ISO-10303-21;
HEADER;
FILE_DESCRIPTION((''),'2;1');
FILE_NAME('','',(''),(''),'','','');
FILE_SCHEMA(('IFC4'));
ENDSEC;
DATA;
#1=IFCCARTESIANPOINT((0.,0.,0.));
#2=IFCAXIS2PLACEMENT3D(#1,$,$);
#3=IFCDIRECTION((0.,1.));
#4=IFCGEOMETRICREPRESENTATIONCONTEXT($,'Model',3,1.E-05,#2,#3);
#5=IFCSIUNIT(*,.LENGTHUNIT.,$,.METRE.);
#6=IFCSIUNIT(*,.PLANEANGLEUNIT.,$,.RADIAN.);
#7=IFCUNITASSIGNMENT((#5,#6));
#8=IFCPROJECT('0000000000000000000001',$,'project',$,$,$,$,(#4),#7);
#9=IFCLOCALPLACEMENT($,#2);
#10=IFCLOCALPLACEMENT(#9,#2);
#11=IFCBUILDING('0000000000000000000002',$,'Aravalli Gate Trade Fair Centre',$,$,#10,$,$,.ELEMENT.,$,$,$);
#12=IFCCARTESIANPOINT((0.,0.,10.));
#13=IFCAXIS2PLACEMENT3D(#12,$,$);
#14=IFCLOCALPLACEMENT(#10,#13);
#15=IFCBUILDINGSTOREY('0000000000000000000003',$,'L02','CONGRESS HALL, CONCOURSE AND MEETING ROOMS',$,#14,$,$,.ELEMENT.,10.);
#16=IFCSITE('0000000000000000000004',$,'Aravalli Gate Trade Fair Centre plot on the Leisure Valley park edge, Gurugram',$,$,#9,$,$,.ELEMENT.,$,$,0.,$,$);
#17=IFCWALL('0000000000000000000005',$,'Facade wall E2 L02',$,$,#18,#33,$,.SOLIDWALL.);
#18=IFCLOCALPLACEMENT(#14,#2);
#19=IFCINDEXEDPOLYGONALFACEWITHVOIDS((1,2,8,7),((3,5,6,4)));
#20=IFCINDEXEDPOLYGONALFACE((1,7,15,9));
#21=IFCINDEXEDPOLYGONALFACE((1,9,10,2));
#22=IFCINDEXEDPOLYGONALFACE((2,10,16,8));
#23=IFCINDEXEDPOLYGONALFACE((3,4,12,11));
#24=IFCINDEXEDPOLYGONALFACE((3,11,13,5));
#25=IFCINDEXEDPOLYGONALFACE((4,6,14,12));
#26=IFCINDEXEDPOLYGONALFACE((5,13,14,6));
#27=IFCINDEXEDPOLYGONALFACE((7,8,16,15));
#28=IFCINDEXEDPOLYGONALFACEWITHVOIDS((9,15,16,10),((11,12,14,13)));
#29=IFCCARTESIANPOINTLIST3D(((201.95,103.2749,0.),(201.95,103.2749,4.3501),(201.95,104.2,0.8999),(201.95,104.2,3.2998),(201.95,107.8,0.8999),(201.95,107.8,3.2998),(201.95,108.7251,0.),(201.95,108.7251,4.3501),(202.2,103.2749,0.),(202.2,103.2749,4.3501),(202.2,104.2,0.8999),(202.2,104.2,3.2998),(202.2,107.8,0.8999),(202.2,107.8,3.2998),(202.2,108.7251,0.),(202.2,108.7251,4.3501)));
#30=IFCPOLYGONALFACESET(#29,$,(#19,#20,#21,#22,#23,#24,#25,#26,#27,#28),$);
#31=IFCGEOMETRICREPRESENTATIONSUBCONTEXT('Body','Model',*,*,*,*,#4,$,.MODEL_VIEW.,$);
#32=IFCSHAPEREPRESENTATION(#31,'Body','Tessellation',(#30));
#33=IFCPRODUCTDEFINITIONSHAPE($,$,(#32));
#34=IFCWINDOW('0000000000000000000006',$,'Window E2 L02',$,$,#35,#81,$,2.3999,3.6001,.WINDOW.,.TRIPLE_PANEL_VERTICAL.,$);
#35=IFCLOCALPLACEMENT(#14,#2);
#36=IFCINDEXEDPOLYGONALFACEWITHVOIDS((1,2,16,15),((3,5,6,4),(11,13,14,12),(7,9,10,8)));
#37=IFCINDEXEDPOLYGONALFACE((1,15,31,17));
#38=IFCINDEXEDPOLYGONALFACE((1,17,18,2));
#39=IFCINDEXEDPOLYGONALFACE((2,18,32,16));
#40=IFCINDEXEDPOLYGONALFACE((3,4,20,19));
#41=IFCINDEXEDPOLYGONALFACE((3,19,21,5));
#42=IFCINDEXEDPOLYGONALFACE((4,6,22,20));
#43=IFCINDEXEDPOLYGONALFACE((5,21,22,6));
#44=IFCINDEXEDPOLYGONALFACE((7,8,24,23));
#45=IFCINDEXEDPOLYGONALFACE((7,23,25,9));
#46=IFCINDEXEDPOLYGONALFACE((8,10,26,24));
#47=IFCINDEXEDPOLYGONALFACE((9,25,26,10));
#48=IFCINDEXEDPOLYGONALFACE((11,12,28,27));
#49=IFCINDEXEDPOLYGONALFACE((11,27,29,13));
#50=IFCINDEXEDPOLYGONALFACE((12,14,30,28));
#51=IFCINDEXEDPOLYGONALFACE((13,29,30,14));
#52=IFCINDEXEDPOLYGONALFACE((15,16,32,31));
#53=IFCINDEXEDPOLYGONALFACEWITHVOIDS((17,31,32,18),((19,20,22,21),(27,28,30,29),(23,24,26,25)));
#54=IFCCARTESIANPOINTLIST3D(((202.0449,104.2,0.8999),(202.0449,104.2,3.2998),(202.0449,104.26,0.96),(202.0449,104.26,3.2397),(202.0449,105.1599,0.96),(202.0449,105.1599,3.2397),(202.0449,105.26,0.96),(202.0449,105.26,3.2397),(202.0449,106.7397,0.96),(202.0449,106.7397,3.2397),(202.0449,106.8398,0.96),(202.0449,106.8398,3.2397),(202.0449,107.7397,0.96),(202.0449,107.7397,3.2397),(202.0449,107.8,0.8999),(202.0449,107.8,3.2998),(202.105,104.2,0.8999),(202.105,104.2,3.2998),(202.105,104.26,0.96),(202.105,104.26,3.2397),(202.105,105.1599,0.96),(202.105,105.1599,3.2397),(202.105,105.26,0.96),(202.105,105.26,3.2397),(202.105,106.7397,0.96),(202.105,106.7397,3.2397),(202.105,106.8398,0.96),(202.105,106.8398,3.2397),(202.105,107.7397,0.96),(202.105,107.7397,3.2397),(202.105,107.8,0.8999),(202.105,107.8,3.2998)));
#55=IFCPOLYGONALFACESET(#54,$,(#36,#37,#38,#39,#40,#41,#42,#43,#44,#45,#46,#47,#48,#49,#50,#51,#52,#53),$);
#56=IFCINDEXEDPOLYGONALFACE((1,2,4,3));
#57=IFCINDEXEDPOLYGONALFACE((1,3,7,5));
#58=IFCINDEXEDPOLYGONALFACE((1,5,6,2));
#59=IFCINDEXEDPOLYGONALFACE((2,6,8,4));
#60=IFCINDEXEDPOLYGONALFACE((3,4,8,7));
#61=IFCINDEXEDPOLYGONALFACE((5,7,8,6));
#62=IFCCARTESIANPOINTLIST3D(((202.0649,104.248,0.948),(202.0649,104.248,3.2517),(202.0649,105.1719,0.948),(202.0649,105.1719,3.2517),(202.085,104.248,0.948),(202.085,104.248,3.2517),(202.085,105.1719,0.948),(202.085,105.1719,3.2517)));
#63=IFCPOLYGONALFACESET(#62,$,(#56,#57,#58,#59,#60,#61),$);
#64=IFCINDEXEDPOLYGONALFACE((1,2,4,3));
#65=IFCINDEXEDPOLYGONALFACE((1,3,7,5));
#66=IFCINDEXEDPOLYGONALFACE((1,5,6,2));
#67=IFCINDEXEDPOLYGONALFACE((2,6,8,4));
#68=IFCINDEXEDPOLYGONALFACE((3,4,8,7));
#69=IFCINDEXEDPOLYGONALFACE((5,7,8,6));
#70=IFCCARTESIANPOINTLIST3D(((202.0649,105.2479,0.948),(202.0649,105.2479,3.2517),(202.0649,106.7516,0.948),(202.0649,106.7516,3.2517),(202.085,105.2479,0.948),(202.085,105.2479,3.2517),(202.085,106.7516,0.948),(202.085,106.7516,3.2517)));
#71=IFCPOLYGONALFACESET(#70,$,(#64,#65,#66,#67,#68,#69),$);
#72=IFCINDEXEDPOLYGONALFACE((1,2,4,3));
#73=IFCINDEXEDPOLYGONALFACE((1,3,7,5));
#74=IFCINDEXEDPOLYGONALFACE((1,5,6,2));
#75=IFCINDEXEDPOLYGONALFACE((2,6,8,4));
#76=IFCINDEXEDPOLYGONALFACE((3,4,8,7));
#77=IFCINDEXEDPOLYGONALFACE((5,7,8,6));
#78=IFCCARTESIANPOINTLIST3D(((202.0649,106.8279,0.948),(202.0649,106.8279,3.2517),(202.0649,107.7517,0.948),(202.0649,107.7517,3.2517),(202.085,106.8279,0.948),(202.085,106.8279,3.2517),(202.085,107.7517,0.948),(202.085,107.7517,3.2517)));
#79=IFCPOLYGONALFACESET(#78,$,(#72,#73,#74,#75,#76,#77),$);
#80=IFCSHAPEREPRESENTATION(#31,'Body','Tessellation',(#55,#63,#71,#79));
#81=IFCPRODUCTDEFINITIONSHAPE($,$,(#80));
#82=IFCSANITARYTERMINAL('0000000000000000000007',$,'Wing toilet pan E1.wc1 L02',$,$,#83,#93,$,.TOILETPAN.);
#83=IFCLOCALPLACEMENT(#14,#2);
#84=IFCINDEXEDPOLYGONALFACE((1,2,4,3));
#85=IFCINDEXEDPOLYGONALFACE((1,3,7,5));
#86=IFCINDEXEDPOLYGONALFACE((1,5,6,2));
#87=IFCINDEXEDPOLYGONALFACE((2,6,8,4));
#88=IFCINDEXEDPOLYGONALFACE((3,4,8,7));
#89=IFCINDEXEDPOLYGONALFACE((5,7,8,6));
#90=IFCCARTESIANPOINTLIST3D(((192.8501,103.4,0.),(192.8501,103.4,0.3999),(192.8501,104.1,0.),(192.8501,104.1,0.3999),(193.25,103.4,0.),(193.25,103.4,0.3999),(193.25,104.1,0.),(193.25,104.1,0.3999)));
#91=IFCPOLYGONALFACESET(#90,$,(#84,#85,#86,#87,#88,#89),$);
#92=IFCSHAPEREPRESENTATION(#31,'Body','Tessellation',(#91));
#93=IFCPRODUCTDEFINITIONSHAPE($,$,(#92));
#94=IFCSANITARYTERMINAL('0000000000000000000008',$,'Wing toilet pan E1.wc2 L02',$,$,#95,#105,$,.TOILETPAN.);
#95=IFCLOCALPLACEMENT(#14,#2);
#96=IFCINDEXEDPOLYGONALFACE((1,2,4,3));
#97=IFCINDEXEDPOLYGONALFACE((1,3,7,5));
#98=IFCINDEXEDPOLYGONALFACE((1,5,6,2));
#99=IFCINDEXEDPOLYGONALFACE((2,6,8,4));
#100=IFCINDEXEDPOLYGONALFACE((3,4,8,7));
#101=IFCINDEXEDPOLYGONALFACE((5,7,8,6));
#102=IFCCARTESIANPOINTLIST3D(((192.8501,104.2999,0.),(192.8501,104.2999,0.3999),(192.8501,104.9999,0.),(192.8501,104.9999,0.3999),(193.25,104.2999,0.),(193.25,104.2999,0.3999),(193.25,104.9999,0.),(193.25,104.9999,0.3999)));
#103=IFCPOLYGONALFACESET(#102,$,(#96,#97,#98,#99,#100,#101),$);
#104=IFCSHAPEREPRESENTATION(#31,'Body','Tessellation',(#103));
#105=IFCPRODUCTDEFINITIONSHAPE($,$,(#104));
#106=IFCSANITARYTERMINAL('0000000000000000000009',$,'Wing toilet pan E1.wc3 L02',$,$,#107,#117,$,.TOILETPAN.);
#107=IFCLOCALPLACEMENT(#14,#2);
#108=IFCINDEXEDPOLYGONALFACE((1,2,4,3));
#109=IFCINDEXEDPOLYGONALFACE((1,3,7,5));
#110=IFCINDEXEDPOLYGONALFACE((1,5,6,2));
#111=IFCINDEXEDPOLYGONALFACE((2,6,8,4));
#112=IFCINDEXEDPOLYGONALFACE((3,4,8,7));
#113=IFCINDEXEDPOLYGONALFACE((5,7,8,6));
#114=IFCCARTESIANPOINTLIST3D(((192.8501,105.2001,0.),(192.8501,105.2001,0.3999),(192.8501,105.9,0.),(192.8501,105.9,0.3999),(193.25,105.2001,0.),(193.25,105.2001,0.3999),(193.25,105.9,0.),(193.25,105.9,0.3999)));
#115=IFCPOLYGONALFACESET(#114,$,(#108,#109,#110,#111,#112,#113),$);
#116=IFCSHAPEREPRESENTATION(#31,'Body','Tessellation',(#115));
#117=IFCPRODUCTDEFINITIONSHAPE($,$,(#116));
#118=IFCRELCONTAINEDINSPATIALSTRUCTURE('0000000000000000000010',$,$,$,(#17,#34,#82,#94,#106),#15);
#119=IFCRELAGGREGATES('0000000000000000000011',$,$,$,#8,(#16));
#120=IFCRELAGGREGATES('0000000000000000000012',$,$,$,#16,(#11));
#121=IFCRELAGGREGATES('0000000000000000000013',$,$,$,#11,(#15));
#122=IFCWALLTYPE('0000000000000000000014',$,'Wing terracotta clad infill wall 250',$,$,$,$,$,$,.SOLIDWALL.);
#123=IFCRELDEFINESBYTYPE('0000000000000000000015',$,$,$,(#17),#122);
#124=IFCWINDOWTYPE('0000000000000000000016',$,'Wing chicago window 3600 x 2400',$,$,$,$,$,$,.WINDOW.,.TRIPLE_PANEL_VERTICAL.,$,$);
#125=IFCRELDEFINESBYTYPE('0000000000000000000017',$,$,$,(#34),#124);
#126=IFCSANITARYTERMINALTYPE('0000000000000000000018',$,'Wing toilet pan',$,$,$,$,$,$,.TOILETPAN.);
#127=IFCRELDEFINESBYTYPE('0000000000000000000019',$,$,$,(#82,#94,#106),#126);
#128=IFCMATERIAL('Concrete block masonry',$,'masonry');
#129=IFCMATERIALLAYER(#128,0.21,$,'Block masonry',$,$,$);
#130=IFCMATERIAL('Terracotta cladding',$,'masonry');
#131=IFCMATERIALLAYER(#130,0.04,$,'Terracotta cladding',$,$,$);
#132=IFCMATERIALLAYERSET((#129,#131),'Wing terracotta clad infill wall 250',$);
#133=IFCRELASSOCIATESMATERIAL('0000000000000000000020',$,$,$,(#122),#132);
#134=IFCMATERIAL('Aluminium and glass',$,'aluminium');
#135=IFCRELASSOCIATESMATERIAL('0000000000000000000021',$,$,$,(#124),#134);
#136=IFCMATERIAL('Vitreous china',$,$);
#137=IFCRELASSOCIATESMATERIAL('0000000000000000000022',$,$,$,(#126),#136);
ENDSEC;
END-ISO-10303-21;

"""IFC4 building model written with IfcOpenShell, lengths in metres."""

from ifc_helpers import new_model, si_unit, direction, frame, frame_2d, origin, origin_2d, place, context, subcontext, project, spatial, polyline, rectangle, outline, extrude, material, layer, layer_set, type_object, element, fill, save


model = new_model("IFC4")

# Units and contexts
model_context = context("Model", 3, precision=1e-05, world=origin(), true_north=direction((0.0, 1.0)))
body_context = subcontext(model_context, "Body", "Model", "MODEL_VIEW")
ifc_project = project(units=[si_unit("LENGTHUNIT", "METRE"), si_unit("PLANEANGLEUNIT", "RADIAN")], contexts=[model_context])

# Site, building, storey
site_placement = place(None, origin())
site = spatial("IfcSite", under=ifc_project, at=site_placement, Name="Aravalli Gate Trade Fair Centre plot on the Leisure Valley park edge, Gurugram", CompositionType="ELEMENT", RefElevation=0.0)
building_placement = place(site_placement, origin())
building = spatial("IfcBuilding", under=site, at=building_placement, Name="Aravalli Gate Trade Fair Centre", CompositionType="ELEMENT")
storey_placement = place(building_placement, frame((0.0, 0.0, 10.0)))
storey = spatial("IfcBuildingStorey", under=building, at=storey_placement, Name="L02", Description="CONGRESS HALL, CONCOURSE AND MEETING ROOMS", CompositionType="ELEMENT", Elevation=10.0)

# Shared definitions
ifc_material_1 = material(Name="Aluminium and glass", Category="aluminium")

# Wall, opening, window
ifc_material_2 = material(Name="Concrete block masonry", Category="masonry")
ifc_layer_1 = layer(ifc_material_2, 0.21, Name="Block masonry")
ifc_material_3 = material(Name="Terracotta cladding", Category="masonry")
ifc_layer_2 = layer(ifc_material_3, 0.04, Name="Terracotta cladding")
ifc_layer_set_1 = layer_set([ifc_layer_1, ifc_layer_2], Name="Wing terracotta clad infill wall 250")
wall_type_1 = type_object("IfcWallType", Name="Wing terracotta clad infill wall 250", PredefinedType="SOLIDWALL", material=ifc_layer_set_1)
window_type_1 = type_object("IfcWindowType", Name="Wing chicago window 3600 x 2400", PartitioningType="TRIPLE_PANEL_VERTICAL", PredefinedType="WINDOW", material=ifc_material_1)
wall_1_placement = place(storey_placement, frame((202.075, 103.2749, 0.0), z_axis=(0.0, 0.0, 1.0), x_axis=(0.0, 1.0, 0.0)))
wall_1 = element("IfcWall", 1, at=wall_1_placement, inside=storey, type_object=wall_type_1, Name="Facade wall E2 L02", PredefinedType="SOLIDWALL", context=body_context, shape_type="SweptSolid", body=[
    extrude(rectangle(XDim=5.4502, YDim=0.25, at=frame_2d((2.7251, 0.0))), origin(), (0.0, 0.0, 1.0), 4.3501),
])
opening_1_placement = place(wall_1_placement, frame((0.925, 0.0, 0.8999)))
opening_1 = element("IfcOpeningElement", 2, at=opening_1_placement, cuts=wall_1, PredefinedType="OPENING", context=body_context, shape_type="SweptSolid", body=[
    extrude(rectangle(XDim=3.6001, YDim=2.3999, at=frame_2d((1.8, 1.2))), frame((0.0, 0.135, 0.0), z_axis=(0.0, -1.0, 0.0), x_axis=(1.0, 0.0, 0.0)), (0.0, 0.0, 1.0), 0.27),
])
window_1_placement = place(opening_1_placement, origin())
window_1 = element("IfcWindow", 3, at=window_1_placement, inside=storey, type_object=window_type_1, Name="Window E2 L02", OverallHeight=2.3999, OverallWidth=3.6001, PartitioningType="TRIPLE_PANEL_VERTICAL", PredefinedType="WINDOW", context=body_context, shape_type="SweptSolid", body=[
    extrude(outline(polyline([(0.0, 0.0), (3.6001, 0.0), (3.6001, 2.3999), (0.0, 2.3999), (0.0, 0.0)]), holes=[polyline([(0.0601, 0.0601), (0.96, 0.0601), (0.96, 2.3398), (0.0601, 2.3398), (0.0601, 0.0601)]), polyline([(1.0601, 0.0601), (2.5398, 0.0601), (2.5398, 2.3398), (1.0601, 2.3398), (1.0601, 0.0601)]), polyline([(2.6399, 0.0601), (3.5398, 0.0601), (3.5398, 2.3398), (2.6399, 2.3398), (2.6399, 0.0601)])]), frame((0.0, 0.03, 0.0), z_axis=(0.0, -1.0, 0.0), x_axis=(1.0, 0.0, 0.0)), (0.0, 0.0, 1.0), 0.0601),
    extrude(rectangle(XDim=0.9238, YDim=2.3037, at=frame_2d((0.51, 1.2))), frame((0.0, 0.01, 0.0), z_axis=(0.0, -1.0, 0.0), x_axis=(1.0, 0.0, 0.0)), (0.0, 0.0, 1.0), 0.02),
    extrude(rectangle(XDim=1.5037, YDim=2.3037, at=frame_2d((1.7998, 1.2))), frame((0.0, 0.01, 0.0), z_axis=(0.0, -1.0, 0.0), x_axis=(1.0, 0.0, 0.0)), (0.0, 0.0, 1.0), 0.02),
    extrude(rectangle(XDim=0.9238, YDim=2.3037, at=frame_2d((3.0898, 1.2))), frame((0.0, 0.01, 0.0), z_axis=(0.0, -1.0, 0.0), x_axis=(1.0, 0.0, 0.0)), (0.0, 0.0, 1.0), 0.02),
])
fill(opening_1, window_1)

# Sanitary terminals
ifc_material_4 = material(Name="Vitreous china")
sanitary_terminal_type = type_object("IfcSanitaryTerminalType", Name="Wing toilet pan", PredefinedType="TOILETPAN", material=ifc_material_4)
for number, where, z_axis, x_axis, name in (
    (4, (193.05, 103.75, 0.0), (0.0, 0.0, 1.0), (1.0, 0.0, 0.0), "Wing toilet pan E1.wc1 L02"),
    (5, (193.05, 104.6499, 0.0), (0.0, 0.0, 1.0), (1.0, 0.0, 0.0), "Wing toilet pan E1.wc2 L02"),
    (6, (193.05, 105.55, 0.0), (0.0, 0.0, 1.0), (1.0, 0.0, 0.0), "Wing toilet pan E1.wc3 L02"),
):
    element("IfcSanitaryTerminal", number, at=place(storey_placement, frame(where, z_axis=z_axis, x_axis=x_axis)), inside=storey, type_object=sanitary_terminal_type, Name=name, PredefinedType="TOILETPAN", context=body_context, shape_type="SweptSolid", body=[
        extrude(rectangle(XDim=0.3999, YDim=0.7, at=origin_2d()), origin(), (0.0, 0.0, 1.0), 0.3999),
    ])

save(model, "model.ifc")
